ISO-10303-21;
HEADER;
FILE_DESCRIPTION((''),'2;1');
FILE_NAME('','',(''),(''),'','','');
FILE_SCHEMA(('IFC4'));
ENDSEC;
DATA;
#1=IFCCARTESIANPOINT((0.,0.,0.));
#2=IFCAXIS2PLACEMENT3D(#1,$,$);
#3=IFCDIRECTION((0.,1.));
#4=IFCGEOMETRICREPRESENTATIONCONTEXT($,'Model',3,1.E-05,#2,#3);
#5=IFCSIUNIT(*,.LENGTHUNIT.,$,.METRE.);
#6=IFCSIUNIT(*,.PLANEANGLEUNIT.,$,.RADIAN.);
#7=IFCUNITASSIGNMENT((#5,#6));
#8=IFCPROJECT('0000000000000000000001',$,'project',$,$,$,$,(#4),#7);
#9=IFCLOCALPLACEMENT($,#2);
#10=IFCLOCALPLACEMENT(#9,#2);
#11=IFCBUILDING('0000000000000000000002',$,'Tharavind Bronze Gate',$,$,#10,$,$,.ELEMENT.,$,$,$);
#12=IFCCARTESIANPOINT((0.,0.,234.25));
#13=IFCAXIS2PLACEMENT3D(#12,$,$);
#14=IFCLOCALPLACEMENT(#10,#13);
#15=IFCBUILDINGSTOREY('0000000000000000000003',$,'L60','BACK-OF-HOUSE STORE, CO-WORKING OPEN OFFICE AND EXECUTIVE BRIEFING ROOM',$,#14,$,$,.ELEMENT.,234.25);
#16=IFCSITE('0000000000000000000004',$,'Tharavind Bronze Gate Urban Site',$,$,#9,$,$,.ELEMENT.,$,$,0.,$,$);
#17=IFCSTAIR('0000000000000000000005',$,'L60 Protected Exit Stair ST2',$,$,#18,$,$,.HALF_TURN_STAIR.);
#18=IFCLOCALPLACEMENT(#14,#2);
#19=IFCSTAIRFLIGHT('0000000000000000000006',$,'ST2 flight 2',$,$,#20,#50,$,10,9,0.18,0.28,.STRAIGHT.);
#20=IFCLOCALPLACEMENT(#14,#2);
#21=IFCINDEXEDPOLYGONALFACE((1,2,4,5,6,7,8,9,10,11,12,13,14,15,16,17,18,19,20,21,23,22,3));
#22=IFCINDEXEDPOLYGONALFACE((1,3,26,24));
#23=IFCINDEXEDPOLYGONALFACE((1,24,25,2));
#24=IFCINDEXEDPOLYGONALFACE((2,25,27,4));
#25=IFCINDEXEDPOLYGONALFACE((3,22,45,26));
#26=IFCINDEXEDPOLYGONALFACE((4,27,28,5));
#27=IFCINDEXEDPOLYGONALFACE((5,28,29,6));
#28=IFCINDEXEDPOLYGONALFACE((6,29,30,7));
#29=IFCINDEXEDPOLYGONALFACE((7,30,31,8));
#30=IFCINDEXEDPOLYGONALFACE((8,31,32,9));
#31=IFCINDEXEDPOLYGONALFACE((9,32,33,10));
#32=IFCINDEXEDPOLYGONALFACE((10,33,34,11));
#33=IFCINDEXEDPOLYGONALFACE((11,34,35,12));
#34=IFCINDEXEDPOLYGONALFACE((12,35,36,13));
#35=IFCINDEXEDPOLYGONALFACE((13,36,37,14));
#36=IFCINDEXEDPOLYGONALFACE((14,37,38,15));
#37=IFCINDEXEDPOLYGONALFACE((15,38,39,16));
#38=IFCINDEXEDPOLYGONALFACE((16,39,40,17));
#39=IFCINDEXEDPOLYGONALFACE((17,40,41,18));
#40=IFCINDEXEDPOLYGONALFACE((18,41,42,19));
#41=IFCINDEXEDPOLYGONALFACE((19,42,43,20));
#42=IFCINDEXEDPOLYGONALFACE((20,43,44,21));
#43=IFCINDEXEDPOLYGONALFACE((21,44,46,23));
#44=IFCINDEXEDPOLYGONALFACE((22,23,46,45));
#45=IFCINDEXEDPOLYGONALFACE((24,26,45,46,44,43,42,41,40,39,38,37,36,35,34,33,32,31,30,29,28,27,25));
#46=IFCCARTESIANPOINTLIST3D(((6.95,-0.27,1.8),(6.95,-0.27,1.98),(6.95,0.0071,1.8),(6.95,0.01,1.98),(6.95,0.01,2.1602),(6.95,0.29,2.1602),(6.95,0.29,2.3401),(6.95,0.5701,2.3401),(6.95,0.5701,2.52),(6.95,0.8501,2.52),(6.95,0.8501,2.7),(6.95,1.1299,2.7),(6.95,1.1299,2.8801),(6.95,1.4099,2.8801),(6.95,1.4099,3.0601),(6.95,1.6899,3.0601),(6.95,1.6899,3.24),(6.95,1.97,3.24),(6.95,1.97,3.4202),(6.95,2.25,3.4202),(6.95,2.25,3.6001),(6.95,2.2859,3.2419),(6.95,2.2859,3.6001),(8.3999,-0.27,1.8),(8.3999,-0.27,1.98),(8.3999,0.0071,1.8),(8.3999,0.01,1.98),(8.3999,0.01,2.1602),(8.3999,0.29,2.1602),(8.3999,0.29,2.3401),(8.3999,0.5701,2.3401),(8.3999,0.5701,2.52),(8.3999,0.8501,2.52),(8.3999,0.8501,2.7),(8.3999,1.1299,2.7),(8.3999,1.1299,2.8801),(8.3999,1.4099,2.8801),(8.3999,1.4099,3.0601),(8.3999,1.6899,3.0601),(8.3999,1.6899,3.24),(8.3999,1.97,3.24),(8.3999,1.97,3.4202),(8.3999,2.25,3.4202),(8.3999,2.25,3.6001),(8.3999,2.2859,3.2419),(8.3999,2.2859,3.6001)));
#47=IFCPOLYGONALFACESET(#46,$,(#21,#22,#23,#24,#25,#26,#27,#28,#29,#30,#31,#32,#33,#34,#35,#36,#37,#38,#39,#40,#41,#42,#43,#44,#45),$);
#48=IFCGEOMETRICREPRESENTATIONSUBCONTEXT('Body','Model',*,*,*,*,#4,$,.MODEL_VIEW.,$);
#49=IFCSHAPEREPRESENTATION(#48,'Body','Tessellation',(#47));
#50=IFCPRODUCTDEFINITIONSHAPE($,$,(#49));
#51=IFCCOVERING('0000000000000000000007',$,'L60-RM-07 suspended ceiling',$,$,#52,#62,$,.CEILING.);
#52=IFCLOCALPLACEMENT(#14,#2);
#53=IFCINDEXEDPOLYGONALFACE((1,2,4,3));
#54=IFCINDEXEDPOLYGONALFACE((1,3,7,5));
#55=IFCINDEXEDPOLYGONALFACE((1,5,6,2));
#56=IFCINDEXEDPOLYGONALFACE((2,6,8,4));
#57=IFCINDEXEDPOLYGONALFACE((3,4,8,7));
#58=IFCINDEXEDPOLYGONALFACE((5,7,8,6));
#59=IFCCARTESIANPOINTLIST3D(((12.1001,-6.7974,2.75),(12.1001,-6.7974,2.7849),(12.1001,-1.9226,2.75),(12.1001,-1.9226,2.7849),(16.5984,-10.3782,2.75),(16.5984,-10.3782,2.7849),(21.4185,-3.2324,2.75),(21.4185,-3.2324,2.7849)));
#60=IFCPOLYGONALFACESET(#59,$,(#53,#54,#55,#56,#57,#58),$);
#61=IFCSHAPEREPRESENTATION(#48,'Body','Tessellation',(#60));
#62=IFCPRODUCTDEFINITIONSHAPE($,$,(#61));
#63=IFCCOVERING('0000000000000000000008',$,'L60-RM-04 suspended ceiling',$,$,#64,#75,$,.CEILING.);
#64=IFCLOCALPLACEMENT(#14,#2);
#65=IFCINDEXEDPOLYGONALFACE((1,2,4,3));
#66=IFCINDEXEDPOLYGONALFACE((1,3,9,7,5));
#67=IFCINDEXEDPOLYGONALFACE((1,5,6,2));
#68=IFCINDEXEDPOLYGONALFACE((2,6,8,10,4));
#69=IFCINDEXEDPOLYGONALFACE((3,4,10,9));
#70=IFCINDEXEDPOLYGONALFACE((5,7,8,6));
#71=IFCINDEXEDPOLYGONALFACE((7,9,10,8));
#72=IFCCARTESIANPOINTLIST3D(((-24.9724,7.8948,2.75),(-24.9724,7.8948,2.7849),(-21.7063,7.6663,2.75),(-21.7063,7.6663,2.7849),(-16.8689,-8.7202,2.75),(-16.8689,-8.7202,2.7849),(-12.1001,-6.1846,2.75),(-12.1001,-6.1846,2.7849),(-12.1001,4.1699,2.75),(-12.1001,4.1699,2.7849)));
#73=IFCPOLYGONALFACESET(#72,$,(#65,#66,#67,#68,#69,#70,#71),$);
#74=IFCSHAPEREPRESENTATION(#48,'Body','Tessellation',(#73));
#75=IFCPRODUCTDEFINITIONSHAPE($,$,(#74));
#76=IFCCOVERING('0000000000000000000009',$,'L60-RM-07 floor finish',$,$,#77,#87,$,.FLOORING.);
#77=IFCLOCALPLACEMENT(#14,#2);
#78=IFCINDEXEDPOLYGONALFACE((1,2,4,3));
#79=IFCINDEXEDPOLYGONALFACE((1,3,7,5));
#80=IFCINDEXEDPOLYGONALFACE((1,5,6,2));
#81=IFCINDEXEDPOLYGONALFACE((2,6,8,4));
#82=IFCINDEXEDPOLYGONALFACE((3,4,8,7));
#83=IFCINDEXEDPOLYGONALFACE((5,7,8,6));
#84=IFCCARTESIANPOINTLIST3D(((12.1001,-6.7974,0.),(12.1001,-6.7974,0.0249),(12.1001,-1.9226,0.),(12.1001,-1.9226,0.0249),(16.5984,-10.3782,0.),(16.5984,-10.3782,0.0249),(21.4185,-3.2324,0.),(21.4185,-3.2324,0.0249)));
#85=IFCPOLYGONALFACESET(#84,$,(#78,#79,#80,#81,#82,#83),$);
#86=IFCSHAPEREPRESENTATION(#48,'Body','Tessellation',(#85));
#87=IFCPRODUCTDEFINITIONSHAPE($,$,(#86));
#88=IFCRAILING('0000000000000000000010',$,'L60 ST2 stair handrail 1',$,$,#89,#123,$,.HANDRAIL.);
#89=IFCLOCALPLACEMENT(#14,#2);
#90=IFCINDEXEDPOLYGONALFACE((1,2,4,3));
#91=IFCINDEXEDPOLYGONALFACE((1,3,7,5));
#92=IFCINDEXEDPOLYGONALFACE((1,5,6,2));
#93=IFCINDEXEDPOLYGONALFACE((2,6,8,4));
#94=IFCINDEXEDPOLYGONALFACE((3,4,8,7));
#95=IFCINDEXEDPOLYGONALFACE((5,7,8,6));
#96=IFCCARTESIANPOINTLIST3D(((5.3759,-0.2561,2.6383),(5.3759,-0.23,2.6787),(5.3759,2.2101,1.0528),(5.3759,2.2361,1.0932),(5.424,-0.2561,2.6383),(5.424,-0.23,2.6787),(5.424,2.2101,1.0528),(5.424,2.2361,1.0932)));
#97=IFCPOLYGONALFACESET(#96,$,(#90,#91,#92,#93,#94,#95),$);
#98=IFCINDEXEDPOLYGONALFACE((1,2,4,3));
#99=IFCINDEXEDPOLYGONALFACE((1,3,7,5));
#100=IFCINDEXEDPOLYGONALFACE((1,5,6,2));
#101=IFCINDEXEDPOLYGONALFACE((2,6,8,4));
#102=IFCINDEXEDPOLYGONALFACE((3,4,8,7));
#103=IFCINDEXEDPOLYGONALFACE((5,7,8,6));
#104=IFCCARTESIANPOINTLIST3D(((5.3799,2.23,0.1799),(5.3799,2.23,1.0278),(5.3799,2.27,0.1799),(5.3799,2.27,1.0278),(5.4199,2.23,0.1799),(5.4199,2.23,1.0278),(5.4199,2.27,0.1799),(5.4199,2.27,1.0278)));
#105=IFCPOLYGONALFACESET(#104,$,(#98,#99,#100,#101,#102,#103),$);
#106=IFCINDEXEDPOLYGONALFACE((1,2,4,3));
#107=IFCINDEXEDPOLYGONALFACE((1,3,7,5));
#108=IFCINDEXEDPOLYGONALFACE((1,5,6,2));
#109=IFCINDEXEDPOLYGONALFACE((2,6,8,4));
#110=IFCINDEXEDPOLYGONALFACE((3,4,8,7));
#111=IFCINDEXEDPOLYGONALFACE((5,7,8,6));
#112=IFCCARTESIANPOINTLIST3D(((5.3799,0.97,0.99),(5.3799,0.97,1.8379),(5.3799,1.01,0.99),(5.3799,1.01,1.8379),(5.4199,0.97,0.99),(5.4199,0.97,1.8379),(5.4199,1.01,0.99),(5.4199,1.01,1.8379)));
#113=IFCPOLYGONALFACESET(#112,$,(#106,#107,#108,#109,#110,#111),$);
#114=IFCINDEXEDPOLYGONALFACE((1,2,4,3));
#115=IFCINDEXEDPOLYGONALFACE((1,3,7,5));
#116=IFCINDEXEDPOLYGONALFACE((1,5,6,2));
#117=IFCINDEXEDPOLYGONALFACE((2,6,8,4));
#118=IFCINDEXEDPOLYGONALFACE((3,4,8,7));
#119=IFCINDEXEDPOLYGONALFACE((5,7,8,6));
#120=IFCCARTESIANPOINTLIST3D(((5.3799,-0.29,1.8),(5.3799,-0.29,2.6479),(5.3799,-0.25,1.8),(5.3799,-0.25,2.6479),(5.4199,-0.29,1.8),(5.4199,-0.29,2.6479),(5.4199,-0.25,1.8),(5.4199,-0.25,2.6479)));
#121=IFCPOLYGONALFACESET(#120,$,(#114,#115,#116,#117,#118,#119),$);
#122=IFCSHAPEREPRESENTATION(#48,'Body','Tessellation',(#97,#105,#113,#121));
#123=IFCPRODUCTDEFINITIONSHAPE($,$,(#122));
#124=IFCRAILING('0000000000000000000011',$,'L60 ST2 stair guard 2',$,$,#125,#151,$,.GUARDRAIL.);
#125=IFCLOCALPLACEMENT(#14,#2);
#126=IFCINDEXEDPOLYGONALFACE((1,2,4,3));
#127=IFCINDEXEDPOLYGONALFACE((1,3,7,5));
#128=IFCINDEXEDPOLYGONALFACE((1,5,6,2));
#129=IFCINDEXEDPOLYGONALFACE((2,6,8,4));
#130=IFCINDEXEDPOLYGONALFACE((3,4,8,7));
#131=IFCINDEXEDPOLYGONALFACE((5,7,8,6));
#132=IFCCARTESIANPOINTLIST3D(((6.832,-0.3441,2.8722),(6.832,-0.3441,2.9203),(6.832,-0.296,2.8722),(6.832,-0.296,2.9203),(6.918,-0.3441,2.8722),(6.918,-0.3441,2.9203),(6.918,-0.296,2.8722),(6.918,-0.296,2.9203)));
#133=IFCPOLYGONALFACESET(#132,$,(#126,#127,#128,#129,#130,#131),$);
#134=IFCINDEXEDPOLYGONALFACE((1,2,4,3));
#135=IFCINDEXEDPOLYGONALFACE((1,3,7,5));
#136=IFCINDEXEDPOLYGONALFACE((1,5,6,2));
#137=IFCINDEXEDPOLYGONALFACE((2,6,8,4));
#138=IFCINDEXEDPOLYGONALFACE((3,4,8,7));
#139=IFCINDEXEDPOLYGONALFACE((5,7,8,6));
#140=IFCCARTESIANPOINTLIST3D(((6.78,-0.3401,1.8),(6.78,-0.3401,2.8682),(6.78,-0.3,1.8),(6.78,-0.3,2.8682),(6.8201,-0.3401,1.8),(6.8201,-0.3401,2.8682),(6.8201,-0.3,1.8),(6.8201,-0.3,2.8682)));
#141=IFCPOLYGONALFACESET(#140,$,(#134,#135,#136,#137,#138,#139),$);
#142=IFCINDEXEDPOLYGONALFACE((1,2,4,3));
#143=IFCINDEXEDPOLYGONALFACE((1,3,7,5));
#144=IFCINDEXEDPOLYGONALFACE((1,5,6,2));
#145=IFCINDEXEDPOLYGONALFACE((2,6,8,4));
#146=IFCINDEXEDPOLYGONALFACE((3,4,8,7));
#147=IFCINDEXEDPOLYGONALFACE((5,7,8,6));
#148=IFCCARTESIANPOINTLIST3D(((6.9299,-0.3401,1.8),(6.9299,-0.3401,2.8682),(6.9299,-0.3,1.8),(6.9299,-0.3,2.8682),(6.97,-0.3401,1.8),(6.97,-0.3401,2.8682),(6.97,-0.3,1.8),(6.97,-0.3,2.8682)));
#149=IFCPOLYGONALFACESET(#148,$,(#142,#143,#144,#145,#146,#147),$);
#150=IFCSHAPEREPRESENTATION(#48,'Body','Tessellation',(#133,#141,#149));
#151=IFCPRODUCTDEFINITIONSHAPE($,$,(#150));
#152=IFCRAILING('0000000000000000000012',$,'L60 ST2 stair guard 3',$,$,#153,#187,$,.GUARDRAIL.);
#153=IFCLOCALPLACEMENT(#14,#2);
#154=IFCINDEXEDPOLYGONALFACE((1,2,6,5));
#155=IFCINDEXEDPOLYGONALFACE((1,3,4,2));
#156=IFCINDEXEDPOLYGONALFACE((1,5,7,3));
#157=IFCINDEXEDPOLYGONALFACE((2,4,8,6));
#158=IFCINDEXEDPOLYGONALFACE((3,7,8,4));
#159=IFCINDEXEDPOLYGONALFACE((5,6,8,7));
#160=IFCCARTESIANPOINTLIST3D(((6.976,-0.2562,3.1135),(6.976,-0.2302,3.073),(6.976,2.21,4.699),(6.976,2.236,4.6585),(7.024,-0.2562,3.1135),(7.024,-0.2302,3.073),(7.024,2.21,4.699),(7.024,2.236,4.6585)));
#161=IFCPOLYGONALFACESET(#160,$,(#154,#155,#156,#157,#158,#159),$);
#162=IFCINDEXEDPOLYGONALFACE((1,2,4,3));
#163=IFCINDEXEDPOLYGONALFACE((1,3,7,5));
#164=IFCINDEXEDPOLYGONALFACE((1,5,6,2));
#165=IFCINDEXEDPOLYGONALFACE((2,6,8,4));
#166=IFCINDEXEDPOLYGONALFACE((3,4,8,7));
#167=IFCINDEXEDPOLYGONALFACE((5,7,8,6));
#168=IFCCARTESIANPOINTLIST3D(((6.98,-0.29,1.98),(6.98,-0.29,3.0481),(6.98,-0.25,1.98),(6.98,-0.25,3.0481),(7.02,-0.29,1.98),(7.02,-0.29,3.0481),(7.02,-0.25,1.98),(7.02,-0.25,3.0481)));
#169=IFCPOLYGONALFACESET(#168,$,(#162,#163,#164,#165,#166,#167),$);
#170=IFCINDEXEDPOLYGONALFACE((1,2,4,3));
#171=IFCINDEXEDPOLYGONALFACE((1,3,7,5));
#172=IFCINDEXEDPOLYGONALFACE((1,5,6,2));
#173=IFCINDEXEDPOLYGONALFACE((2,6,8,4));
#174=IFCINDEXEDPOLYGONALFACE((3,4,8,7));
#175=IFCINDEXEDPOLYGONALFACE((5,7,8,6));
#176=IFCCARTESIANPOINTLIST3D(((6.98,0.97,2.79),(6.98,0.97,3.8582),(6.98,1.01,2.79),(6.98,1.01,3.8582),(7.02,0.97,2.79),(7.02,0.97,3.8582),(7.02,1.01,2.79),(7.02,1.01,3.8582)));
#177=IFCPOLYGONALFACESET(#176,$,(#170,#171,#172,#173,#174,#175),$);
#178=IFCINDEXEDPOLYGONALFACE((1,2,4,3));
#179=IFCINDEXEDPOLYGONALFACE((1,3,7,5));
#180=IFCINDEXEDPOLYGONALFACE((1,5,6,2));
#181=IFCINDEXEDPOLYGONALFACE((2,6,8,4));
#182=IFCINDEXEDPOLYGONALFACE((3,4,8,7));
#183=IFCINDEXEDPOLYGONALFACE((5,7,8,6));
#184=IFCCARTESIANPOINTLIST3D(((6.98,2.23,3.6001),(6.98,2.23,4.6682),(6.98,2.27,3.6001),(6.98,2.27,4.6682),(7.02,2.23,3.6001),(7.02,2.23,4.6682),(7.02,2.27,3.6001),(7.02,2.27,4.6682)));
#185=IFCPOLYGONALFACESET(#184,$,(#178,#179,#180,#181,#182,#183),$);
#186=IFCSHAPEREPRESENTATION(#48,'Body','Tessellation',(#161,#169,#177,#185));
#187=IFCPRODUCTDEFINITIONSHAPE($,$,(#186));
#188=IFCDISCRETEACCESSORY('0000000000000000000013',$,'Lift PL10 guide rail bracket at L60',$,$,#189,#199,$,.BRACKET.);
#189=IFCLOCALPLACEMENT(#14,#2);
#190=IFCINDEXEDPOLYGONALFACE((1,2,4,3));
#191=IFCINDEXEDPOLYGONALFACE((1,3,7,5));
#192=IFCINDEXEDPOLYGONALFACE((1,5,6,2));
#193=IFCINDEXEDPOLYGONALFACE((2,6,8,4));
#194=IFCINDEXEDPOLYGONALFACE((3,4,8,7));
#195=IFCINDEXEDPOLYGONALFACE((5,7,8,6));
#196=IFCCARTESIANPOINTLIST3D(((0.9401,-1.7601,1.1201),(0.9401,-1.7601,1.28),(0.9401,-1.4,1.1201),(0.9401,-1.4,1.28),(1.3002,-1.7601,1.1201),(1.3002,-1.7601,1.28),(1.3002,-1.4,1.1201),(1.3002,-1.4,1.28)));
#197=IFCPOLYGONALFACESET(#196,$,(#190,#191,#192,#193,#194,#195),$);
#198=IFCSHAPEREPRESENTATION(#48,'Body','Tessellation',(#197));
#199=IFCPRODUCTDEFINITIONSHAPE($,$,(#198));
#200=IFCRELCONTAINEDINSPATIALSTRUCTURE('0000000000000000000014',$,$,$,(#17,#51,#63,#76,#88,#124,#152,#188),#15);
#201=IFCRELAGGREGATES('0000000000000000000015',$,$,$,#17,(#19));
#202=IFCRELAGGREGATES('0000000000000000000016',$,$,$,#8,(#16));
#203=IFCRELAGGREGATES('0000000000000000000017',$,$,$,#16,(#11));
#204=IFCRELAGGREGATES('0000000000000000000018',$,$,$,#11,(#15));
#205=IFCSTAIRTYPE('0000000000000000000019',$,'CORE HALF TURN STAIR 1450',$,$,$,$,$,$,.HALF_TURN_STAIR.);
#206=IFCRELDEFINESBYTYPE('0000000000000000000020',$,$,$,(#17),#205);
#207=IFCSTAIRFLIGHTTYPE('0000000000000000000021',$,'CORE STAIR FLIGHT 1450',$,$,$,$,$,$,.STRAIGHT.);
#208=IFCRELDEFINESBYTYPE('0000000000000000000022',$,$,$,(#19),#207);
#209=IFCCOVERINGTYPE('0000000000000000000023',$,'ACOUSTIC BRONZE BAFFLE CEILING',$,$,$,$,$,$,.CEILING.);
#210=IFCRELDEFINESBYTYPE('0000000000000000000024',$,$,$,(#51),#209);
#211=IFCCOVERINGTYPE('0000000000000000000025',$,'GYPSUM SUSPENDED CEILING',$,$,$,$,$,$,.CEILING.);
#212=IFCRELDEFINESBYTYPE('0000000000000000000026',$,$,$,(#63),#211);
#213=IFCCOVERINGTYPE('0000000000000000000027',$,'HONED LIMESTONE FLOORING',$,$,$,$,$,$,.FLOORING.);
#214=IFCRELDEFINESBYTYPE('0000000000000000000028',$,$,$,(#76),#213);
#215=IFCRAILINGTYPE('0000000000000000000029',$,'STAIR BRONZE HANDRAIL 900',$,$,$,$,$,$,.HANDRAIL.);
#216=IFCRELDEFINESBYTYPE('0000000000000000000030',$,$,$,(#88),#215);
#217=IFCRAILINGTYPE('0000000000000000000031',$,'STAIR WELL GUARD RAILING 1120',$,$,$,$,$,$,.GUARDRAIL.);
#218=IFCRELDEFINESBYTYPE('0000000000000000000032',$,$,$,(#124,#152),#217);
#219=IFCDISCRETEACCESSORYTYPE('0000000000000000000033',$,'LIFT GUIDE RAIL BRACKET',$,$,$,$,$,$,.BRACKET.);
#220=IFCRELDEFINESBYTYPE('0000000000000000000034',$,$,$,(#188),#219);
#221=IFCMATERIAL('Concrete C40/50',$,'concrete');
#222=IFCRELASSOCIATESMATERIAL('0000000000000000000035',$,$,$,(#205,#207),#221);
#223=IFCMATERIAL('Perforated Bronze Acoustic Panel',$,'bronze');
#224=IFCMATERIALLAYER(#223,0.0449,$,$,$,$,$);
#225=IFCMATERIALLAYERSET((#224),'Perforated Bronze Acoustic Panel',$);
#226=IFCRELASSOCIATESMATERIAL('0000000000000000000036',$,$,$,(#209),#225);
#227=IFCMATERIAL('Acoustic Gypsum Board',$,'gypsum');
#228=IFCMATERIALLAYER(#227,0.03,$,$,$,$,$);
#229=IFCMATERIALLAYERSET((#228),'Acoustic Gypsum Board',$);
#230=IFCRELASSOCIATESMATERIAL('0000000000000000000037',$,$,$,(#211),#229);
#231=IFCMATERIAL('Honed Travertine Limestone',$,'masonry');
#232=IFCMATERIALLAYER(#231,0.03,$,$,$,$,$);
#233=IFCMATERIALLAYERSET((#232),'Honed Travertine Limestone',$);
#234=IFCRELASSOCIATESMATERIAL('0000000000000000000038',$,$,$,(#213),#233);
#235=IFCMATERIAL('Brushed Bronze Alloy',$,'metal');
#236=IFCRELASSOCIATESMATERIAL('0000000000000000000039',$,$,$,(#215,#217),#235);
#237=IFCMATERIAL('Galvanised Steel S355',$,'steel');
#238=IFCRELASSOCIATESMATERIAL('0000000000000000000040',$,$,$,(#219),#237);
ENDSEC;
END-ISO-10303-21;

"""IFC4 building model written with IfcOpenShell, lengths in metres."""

from ifc_helpers import new_model, si_unit, direction, frame, origin, origin_2d, place, context, subcontext, project, spatial, polyline, rectangle, outline, extrude, material, layer, layer_set, type_object, element, aggregate, save


model = new_model("IFC4")

# Units and contexts
model_context = context("Model", 3, precision=1e-05, world=origin(), true_north=direction((0.0, 1.0)))
body_context = subcontext(model_context, "Body", "Model", "MODEL_VIEW")
ifc_project = project(units=[si_unit("LENGTHUNIT", "METRE"), si_unit("PLANEANGLEUNIT", "RADIAN")], contexts=[model_context])

# Site, building, storey
site_placement = place(None, origin())
site = spatial("IfcSite", under=ifc_project, at=site_placement, Name="Tharavind Bronze Gate Urban Site", CompositionType="ELEMENT", RefElevation=0.0)
building_placement = place(site_placement, origin())
building = spatial("IfcBuilding", under=site, at=building_placement, Name="Tharavind Bronze Gate", CompositionType="ELEMENT")
storey_placement = place(building_placement, frame((0.0, 0.0, 234.25)))
storey = spatial("IfcBuildingStorey", under=building, at=storey_placement, Name="L60", Description="BACK-OF-HOUSE STORE, CO-WORKING OPEN OFFICE AND EXECUTIVE BRIEFING ROOM", CompositionType="ELEMENT", Elevation=234.25)

# Shared definitions
ifc_material_1 = material(Name="Concrete C40/50", Category="concrete")

# Stair, stair flight
stair_type = type_object("IfcStairType", Name="CORE HALF TURN STAIR 1450", PredefinedType="HALF_TURN_STAIR", material=ifc_material_1)
stair_placement = place(storey_placement, origin())
stair = element("IfcStair", 1, at=stair_placement, inside=storey, type_object=stair_type, Name="L60 Protected Exit Stair ST2", PredefinedType="HALF_TURN_STAIR")
stair_flight_type = type_object("IfcStairFlightType", Name="CORE STAIR FLIGHT 1450", PredefinedType="STRAIGHT", material=ifc_material_1)
stair_flight_1_placement = place(storey_placement, frame((7.675, -0.27, 1.8), z_axis=(0.0, 0.0, 1.0), x_axis=(0.0, 1.0, 0.0)))
stair_flight_1 = element("IfcStairFlight", 2, at=stair_flight_1_placement, type_object=stair_flight_type, Name="ST2 flight 2", NumberOfRisers=10, NumberOfTreads=9, PredefinedType="STRAIGHT", RiserHeight=0.18, TreadLength=0.28, context=body_context, shape_type="SweptSolid", body=[
    extrude(outline(polyline([(0.0, 0.0), (0.0, 0.1799), (0.28, 0.1799), (0.28, 0.3601), (0.5601, 0.3601), (0.5601, 0.54), (0.8401, 0.54), (0.8401, 0.72), (1.1201, 0.72), (1.1201, 0.8999), (1.3999, 0.8999), (1.3999, 1.0801), (1.6799, 1.0801), (1.6799, 1.26), (1.96, 1.26), (1.96, 1.4399), (2.24, 1.4399), (2.24, 1.6201), (2.52, 1.6201), (2.52, 1.8), (2.5559, 1.8), (2.5559, 1.4419), (0.2771, 0.0), (0.0, 0.0)])), frame((0.0, 0.7251, 0.0), z_axis=(0.0, -1.0, 0.0), x_axis=(1.0, 0.0, 0.0)), (0.0, 0.0, 1.0), 1.45),
])
aggregate(stair, [stair_flight_1])

# Coverings
ifc_material_2 = material(Name="Perforated Bronze Acoustic Panel", Category="bronze")
ifc_layer_1 = layer(ifc_material_2, 0.0449)
ifc_layer_set_1 = layer_set([ifc_layer_1], Name="Perforated Bronze Acoustic Panel")
covering_type_1 = type_object("IfcCoveringType", Name="ACOUSTIC BRONZE BAFFLE CEILING", PredefinedType="CEILING", material=ifc_layer_set_1)
covering_1_placement = place(storey_placement, frame((0.0, 0.0, 2.75)))
element("IfcCovering", 3, at=covering_1_placement, inside=storey, type_object=covering_type_1, Name="L60-RM-07 suspended ceiling", PredefinedType="CEILING", context=body_context, shape_type="SweptSolid", body=[
    extrude(outline(polyline([(12.1001, -6.7974), (16.5984, -10.3782), (21.4185, -3.2324), (12.1001, -1.9226), (12.1001, -6.7974)])), origin(), (0.0, 0.0, 1.0), 0.0349),
])
ifc_material_3 = material(Name="Acoustic Gypsum Board", Category="gypsum")
ifc_layer_2 = layer(ifc_material_3, 0.03)
ifc_layer_set_2 = layer_set([ifc_layer_2], Name="Acoustic Gypsum Board")
covering_type_2 = type_object("IfcCoveringType", Name="GYPSUM SUSPENDED CEILING", PredefinedType="CEILING", material=ifc_layer_set_2)
covering_2_placement = place(storey_placement, frame((0.0, 0.0, 2.75)))
element("IfcCovering", 4, at=covering_2_placement, inside=storey, type_object=covering_type_2, Name="L60-RM-04 suspended ceiling", PredefinedType="CEILING", context=body_context, shape_type="SweptSolid", body=[
    extrude(outline(polyline([(-16.8689, -8.7202), (-12.1001, -6.1846), (-12.1001, 4.1699), (-21.7063, 7.6663), (-24.9724, 7.8948), (-16.8689, -8.7202)])), origin(), (0.0, 0.0, 1.0), 0.0349),
])
ifc_material_4 = material(Name="Honed Travertine Limestone", Category="masonry")
ifc_layer_3 = layer(ifc_material_4, 0.03)
ifc_layer_set_3 = layer_set([ifc_layer_3], Name="Honed Travertine Limestone")
covering_type_3 = type_object("IfcCoveringType", Name="HONED LIMESTONE FLOORING", PredefinedType="FLOORING", material=ifc_layer_set_3)
covering_3_placement = place(storey_placement, origin())
element("IfcCovering", 5, at=covering_3_placement, inside=storey, type_object=covering_type_3, Name="L60-RM-07 floor finish", PredefinedType="FLOORING", context=body_context, shape_type="SweptSolid", body=[
    extrude(outline(polyline([(12.1001, -6.7974), (16.5984, -10.3782), (21.4185, -3.2324), (12.1001, -1.9226), (12.1001, -6.7974)])), origin(), (0.0, 0.0, 1.0), 0.0249),
])

# Railings
ifc_material_5 = material(Name="Brushed Bronze Alloy", Category="metal")
railing_type_1 = type_object("IfcRailingType", Name="STAIR BRONZE HANDRAIL 900", PredefinedType="HANDRAIL", material=ifc_material_5)
railing_1_placement = place(storey_placement, frame((5.3999, 2.25, 0.1799)))
element("IfcRailing", 6, at=railing_1_placement, inside=storey, type_object=railing_type_1, Name="L60 ST2 stair handrail 1", PredefinedType="HANDRAIL", context=body_context, shape_type="SweptSolid", body=[
    extrude(rectangle(XDim=0.0481, YDim=0.0481, at=origin_2d()), frame((0.0, -0.0269, 0.8931), z_axis=(0.0, -0.841163, 0.540782), x_axis=(1.0, 0.0, 0.0)), (0.0, 0.0, 1.0), 2.9319),
    extrude(rectangle(XDim=0.04, YDim=0.04, at=origin_2d()), origin(), (0.0, 0.0, 1.0), 0.8479),
    extrude(rectangle(XDim=0.04, YDim=0.04, at=origin_2d()), frame((0.0, -1.26, 0.8101)), (0.0, 0.0, 1.0), 0.8479),
    extrude(rectangle(XDim=0.04, YDim=0.04, at=origin_2d()), frame((0.0, -2.52, 1.6201)), (0.0, 0.0, 1.0), 0.8479),
])
railing_type_2 = type_object("IfcRailingType", Name="STAIR WELL GUARD RAILING 1120", PredefinedType="GUARDRAIL", material=ifc_material_5)
railing_2_placement = place(storey_placement, frame((6.8, -0.3201, 1.8)))
element("IfcRailing", 7, at=railing_2_placement, inside=storey, type_object=railing_type_2, Name="L60 ST2 stair guard 2", PredefinedType="GUARDRAIL", context=body_context, shape_type="SweptSolid", body=[
    extrude(rectangle(XDim=0.0481, YDim=0.0481, at=origin_2d()), frame((0.032, 0.0, 1.0962), z_axis=(1.0, 0.0, 0.0), x_axis=(0.0, 1.0, 0.0)), (0.0, 0.0, 1.0), 0.0859),
    extrude(rectangle(XDim=0.04, YDim=0.04, at=origin_2d()), origin(), (0.0, 0.0, 1.0), 1.0681),
    extrude(rectangle(XDim=0.04, YDim=0.04, at=origin_2d()), frame((0.1499, 0.0, 0.0)), (0.0, 0.0, 1.0), 1.0681),
])
railing_3_placement = place(storey_placement, frame((7.0, -0.27, 1.98)))
element("IfcRailing", 8, at=railing_3_placement, inside=storey, type_object=railing_type_2, Name="L60 ST2 stair guard 3", PredefinedType="GUARDRAIL", context=body_context, shape_type="SweptSolid", body=[
    extrude(rectangle(XDim=0.0481, YDim=0.0481, at=origin_2d()), frame((0.0, 0.0269, 1.1133), z_axis=(0.0, 0.841163, 0.540782), x_axis=(-1.0, 0.0, 0.0)), (0.0, 0.0, 1.0), 2.9319),
    extrude(rectangle(XDim=0.04, YDim=0.04, at=origin_2d()), origin(), (0.0, 0.0, 1.0), 1.0681),
    extrude(rectangle(XDim=0.04, YDim=0.04, at=origin_2d()), frame((0.0, 1.26, 0.8101)), (0.0, 0.0, 1.0), 1.0681),
    extrude(rectangle(XDim=0.04, YDim=0.04, at=origin_2d()), frame((0.0, 2.52, 1.6201)), (0.0, 0.0, 1.0), 1.0681),
])

# Discrete accessory
ifc_material_6 = material(Name="Galvanised Steel S355", Category="steel")
discrete_accessory_type = type_object("IfcDiscreteAccessoryType", Name="LIFT GUIDE RAIL BRACKET", PredefinedType="BRACKET", material=ifc_material_6)
for number, where, z_axis, x_axis, name in (
    (9, (1.1201, -1.5801, 1.1201), (0.0, 0.0, 1.0), (1.0, 0.0, 0.0), "Lift PL10 guide rail bracket at L60"),
):
    element("IfcDiscreteAccessory", number, at=place(storey_placement, frame(where, z_axis=z_axis, x_axis=x_axis)), inside=storey, type_object=discrete_accessory_type, Name=name, PredefinedType="BRACKET", context=body_context, shape_type="SweptSolid", body=[
        extrude(rectangle(XDim=0.3601, YDim=0.3601, at=origin_2d()), origin(), (0.0, 0.0, 1.0), 0.1599),
    ])

save(model, "model.ifc")
